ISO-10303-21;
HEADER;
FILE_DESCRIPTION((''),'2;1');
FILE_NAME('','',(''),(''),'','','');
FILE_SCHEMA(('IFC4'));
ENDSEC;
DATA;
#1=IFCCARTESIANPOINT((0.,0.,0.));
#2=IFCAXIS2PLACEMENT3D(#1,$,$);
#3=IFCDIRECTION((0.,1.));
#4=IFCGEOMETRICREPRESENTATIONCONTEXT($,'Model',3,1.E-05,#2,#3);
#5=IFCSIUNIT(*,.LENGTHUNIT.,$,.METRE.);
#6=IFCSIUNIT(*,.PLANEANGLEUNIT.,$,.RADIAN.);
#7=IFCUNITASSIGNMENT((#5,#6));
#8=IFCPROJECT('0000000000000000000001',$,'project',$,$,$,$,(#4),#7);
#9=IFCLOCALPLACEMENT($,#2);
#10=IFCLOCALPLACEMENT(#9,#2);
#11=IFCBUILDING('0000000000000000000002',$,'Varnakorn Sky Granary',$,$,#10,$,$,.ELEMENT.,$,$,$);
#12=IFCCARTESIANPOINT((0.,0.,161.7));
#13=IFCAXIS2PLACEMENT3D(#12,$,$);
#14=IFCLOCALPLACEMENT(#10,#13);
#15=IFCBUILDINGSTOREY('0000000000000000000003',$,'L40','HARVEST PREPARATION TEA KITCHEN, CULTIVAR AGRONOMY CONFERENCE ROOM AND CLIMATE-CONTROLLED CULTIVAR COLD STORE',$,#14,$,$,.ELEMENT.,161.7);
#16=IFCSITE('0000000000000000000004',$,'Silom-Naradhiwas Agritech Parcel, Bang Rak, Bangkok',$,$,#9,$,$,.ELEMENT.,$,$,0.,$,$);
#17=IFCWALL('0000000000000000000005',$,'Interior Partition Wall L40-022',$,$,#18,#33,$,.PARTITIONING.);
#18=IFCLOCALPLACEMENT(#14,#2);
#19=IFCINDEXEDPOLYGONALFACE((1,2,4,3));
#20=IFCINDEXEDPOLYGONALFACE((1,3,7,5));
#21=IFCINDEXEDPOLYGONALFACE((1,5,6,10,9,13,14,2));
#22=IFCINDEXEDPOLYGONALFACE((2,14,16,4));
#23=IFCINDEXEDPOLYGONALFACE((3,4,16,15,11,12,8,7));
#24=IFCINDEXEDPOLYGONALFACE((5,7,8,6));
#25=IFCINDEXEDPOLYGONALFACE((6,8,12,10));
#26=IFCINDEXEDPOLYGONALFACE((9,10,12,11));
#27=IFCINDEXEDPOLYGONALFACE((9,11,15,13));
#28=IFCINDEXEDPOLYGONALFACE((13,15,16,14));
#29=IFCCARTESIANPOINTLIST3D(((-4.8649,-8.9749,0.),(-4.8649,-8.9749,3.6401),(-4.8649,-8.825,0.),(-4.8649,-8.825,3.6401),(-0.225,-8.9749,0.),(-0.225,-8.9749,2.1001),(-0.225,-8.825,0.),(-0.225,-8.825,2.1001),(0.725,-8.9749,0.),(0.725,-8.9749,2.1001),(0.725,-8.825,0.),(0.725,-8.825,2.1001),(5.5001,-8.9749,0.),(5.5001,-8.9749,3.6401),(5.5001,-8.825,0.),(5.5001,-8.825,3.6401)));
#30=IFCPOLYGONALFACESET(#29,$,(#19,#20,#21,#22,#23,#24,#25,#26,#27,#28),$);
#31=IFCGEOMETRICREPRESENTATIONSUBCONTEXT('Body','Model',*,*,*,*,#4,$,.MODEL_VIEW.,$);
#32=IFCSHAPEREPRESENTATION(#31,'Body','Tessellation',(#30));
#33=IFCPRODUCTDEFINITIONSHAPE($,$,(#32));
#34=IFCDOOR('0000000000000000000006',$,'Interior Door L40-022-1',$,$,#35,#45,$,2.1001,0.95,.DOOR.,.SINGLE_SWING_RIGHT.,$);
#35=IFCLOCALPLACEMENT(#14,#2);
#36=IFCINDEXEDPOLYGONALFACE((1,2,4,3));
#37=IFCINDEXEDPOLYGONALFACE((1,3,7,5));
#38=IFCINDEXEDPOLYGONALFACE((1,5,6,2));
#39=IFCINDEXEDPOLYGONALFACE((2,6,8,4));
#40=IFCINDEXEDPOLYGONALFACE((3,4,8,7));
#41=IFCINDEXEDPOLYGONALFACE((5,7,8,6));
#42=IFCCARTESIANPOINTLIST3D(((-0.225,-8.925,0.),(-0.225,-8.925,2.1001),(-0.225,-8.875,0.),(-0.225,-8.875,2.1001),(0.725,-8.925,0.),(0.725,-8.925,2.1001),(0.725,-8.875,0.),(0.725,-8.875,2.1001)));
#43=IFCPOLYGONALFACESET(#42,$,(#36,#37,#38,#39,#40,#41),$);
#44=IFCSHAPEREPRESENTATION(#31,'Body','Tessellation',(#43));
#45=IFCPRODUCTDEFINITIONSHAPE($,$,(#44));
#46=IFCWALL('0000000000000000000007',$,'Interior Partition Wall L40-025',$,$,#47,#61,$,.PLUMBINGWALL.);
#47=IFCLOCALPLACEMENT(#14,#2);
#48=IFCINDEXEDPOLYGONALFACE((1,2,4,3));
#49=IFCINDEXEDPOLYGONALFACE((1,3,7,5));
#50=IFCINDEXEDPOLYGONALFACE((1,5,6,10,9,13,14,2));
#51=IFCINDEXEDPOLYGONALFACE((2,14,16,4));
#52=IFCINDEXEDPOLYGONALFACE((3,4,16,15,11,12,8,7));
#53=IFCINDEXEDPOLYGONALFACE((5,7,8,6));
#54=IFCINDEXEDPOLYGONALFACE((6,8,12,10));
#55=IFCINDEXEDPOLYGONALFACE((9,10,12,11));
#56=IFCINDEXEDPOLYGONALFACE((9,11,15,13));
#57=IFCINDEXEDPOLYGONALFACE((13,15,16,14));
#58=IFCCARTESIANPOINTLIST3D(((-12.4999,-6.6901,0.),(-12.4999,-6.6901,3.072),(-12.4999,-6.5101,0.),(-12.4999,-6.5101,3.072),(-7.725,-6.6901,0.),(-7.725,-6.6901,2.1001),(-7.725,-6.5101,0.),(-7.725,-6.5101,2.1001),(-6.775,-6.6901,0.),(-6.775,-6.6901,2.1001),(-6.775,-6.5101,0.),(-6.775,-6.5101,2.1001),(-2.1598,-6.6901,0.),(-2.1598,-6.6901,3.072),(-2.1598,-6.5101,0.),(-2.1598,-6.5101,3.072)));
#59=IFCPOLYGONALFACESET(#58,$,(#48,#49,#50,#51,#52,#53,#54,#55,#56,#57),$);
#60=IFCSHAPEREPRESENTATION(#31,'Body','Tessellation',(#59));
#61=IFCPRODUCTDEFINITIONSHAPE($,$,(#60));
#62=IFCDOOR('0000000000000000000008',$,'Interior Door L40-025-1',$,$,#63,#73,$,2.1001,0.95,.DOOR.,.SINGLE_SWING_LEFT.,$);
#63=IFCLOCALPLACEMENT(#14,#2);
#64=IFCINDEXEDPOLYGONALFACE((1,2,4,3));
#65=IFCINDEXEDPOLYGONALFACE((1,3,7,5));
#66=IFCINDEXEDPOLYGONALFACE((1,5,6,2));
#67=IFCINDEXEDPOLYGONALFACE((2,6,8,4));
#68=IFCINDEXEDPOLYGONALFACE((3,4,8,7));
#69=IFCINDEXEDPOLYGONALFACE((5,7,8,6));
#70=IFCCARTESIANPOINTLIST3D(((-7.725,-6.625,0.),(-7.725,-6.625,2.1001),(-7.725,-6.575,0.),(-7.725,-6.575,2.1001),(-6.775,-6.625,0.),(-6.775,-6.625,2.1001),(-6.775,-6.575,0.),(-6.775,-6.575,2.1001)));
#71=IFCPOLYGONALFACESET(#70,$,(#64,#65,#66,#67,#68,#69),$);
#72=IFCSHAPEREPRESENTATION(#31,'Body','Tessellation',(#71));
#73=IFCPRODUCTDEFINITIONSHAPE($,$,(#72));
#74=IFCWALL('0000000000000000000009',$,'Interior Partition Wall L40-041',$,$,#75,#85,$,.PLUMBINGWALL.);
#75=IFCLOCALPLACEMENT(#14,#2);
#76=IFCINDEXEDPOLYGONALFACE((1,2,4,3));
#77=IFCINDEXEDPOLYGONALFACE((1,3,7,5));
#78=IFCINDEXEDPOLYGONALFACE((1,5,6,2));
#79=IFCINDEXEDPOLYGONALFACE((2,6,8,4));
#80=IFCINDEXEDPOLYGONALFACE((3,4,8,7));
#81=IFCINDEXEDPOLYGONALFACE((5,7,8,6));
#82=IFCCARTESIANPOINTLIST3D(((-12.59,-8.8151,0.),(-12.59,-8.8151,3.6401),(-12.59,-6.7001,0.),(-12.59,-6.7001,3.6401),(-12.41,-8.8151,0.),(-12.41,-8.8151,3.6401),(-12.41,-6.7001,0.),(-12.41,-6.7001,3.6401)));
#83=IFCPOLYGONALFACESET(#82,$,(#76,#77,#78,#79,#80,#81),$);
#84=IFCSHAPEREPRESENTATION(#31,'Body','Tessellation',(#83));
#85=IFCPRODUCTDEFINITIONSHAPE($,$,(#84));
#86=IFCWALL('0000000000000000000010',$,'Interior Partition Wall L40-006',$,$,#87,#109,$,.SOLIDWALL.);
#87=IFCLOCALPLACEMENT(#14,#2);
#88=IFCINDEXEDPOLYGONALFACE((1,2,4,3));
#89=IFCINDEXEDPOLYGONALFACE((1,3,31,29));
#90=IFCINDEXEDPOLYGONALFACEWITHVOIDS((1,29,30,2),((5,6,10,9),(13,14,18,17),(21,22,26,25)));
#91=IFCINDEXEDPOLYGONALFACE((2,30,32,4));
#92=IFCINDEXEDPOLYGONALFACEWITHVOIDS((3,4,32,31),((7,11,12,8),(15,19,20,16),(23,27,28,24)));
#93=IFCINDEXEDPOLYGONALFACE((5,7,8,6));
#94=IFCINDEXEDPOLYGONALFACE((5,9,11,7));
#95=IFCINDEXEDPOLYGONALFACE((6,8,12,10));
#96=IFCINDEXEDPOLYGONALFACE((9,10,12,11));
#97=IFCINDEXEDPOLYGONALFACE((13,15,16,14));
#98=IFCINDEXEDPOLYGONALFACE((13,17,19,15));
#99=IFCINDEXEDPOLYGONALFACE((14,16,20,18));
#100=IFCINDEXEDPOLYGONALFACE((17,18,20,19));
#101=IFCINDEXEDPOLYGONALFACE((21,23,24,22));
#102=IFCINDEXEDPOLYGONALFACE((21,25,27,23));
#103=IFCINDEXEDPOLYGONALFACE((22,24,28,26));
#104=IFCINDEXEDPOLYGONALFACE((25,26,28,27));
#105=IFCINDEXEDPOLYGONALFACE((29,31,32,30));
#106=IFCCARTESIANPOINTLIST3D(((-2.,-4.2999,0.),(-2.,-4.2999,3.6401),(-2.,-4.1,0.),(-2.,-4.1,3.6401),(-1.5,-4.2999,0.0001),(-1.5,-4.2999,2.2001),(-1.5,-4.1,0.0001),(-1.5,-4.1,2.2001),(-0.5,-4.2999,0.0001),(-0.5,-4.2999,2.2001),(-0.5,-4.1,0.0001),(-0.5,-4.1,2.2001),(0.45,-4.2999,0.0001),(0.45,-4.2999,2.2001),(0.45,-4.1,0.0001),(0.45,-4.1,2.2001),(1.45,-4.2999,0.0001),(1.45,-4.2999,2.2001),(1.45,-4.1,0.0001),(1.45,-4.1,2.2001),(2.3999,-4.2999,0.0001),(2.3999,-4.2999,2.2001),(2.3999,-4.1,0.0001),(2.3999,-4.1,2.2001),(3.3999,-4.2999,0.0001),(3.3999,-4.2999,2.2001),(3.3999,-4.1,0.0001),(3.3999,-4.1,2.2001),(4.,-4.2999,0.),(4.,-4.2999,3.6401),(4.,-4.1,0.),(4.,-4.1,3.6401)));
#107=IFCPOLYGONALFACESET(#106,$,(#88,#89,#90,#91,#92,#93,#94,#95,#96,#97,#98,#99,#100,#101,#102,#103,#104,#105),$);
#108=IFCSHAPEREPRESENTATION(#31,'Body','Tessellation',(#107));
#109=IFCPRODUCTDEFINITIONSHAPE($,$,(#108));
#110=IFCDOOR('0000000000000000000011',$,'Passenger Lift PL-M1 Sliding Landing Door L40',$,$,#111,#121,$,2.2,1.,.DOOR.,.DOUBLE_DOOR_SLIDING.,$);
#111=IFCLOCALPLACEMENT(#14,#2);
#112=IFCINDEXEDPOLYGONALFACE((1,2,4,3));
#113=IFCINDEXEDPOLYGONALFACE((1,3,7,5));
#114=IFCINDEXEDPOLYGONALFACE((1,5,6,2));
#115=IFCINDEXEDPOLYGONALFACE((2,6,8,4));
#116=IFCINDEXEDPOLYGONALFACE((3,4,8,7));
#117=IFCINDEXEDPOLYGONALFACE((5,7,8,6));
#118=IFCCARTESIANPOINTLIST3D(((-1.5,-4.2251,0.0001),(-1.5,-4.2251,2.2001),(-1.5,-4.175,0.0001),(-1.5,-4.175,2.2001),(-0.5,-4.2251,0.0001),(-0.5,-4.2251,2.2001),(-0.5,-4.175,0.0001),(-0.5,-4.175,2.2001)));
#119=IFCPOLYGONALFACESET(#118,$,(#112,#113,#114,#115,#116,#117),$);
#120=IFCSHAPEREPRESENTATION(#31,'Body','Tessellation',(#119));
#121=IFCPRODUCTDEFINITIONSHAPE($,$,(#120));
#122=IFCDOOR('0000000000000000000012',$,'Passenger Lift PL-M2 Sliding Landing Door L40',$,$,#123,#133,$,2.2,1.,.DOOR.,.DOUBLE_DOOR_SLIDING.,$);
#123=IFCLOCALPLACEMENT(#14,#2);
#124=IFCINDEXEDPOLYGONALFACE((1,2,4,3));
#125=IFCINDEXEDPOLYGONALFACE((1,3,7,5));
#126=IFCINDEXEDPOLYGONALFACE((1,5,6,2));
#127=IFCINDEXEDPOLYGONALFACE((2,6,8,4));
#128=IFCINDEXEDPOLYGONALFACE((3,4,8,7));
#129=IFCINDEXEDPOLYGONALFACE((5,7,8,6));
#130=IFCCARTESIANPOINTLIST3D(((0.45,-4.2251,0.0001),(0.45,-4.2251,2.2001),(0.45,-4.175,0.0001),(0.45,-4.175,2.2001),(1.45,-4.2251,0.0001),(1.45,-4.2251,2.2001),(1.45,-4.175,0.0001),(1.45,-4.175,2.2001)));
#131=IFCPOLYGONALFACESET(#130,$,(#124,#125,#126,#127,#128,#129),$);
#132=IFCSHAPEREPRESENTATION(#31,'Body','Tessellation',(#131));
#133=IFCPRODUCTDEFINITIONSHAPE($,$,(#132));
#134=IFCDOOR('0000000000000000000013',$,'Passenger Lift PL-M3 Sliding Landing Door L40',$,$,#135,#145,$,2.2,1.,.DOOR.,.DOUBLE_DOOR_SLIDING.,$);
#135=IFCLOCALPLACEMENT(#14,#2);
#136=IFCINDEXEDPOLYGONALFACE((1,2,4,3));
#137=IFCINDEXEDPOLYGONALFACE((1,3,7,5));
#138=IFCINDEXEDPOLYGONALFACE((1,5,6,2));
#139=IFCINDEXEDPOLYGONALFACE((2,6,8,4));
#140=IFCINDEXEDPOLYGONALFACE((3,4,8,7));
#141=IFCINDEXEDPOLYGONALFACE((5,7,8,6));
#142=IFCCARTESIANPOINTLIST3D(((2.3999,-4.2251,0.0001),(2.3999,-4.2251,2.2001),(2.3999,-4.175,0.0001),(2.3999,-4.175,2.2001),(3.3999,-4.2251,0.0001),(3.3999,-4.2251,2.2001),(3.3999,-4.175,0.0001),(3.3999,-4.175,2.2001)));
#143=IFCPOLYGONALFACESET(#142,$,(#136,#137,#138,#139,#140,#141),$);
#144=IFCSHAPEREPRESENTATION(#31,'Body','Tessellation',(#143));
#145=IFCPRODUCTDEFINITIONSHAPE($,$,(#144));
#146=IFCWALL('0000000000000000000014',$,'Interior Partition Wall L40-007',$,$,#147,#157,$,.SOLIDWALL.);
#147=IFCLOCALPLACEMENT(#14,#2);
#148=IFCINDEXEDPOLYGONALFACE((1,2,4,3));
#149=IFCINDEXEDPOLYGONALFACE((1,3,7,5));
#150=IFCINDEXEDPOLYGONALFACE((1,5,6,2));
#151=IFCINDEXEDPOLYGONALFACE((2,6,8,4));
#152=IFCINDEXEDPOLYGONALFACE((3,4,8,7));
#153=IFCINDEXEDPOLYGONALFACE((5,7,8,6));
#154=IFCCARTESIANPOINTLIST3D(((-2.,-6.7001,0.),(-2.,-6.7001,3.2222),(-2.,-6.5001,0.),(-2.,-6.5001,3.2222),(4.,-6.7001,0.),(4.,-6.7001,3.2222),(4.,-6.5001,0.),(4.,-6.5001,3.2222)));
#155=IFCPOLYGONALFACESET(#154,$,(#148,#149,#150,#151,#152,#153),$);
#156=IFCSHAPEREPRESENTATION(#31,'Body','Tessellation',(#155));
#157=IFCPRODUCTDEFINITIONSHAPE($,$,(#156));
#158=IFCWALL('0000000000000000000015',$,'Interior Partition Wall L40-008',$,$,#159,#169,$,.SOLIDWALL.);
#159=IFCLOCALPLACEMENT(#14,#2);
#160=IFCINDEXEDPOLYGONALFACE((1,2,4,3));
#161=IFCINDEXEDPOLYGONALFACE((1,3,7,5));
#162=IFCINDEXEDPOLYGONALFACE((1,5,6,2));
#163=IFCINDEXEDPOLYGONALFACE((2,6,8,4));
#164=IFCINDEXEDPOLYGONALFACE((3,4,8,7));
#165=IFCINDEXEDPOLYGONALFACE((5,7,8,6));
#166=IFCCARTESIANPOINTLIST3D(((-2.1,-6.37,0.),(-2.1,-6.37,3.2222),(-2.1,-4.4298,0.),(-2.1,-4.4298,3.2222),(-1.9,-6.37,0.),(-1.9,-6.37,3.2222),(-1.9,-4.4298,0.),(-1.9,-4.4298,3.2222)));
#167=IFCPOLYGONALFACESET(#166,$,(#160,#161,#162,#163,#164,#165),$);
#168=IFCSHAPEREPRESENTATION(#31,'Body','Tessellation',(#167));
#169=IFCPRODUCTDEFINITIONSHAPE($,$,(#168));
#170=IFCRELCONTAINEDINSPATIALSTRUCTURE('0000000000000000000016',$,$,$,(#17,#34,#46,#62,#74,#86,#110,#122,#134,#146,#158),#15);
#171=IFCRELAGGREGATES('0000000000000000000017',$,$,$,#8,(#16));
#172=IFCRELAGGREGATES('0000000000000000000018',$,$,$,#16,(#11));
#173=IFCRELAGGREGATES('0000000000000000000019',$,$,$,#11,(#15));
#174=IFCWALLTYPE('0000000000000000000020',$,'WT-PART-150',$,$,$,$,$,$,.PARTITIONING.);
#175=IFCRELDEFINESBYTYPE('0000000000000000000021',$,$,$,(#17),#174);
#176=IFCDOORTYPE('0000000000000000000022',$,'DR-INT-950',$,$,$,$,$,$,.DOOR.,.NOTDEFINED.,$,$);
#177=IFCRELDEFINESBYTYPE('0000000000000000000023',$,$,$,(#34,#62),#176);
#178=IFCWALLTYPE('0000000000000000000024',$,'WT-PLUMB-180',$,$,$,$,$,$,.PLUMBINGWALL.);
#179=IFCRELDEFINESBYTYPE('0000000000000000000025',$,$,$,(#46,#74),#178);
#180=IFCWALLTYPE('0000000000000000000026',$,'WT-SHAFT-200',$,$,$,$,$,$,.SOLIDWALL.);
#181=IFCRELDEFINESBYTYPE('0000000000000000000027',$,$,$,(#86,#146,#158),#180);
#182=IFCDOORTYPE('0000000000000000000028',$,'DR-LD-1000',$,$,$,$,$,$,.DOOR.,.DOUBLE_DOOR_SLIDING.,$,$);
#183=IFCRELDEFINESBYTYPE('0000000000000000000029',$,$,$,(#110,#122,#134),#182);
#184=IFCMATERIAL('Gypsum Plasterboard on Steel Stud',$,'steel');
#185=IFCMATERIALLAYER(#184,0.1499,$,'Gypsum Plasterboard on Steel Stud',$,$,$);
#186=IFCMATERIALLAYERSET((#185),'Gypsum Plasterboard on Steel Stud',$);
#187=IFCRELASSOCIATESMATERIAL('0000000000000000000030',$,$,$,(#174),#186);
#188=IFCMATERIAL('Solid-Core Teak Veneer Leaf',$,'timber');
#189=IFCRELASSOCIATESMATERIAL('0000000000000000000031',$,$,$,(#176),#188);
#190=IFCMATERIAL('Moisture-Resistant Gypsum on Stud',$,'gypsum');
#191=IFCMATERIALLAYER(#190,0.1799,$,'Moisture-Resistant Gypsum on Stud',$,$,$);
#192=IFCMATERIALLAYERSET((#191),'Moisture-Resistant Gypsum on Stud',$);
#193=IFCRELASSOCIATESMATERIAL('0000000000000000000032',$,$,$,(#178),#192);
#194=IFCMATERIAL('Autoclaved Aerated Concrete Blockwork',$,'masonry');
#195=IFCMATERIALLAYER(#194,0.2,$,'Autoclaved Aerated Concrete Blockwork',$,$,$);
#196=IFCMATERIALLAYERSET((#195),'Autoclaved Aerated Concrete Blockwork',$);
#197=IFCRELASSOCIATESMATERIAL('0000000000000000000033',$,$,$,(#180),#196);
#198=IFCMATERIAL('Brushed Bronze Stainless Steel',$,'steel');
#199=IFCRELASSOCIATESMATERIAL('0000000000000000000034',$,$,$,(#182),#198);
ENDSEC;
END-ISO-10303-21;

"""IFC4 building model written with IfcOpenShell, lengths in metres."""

from ifc_helpers import new_model, si_unit, direction, frame, frame_2d, origin, place, context, subcontext, project, spatial, rectangle, extrude, material, layer, layer_set, type_object, element, fill, save


model = new_model("IFC4")

# Units and contexts
model_context = context("Model", 3, precision=1e-05, world=origin(), true_north=direction((0.0, 1.0)))
body_context = subcontext(model_context, "Body", "Model", "MODEL_VIEW")
ifc_project = project(units=[si_unit("LENGTHUNIT", "METRE"), si_unit("PLANEANGLEUNIT", "RADIAN")], contexts=[model_context])

# Site, building, storey
site_placement = place(None, origin())
site = spatial("IfcSite", under=ifc_project, at=site_placement, Name="Silom-Naradhiwas Agritech Parcel, Bang Rak, Bangkok", CompositionType="ELEMENT", RefElevation=0.0)
building_placement = place(site_placement, origin())
building = spatial("IfcBuilding", under=site, at=building_placement, Name="Varnakorn Sky Granary", CompositionType="ELEMENT")
storey_placement = place(building_placement, frame((0.0, 0.0, 161.7)))
storey = spatial("IfcBuildingStorey", under=building, at=storey_placement, Name="L40", Description="HARVEST PREPARATION TEA KITCHEN, CULTIVAR AGRONOMY CONFERENCE ROOM AND CLIMATE-CONTROLLED CULTIVAR COLD STORE", CompositionType="ELEMENT", Elevation=161.7)

# Shared definitions
ifc_material_1 = material(Name="Autoclaved Aerated Concrete Blockwork", Category="masonry")

# Walls, openings, doors
ifc_material_2 = material(Name="Gypsum Plasterboard on Steel Stud", Category="steel")
ifc_layer_1 = layer(ifc_material_2, 0.1499, Name="Gypsum Plasterboard on Steel Stud")
ifc_layer_set_1 = layer_set([ifc_layer_1], Name="Gypsum Plasterboard on Steel Stud")
wall_type_1 = type_object("IfcWallType", Name="WT-PART-150", PredefinedType="PARTITIONING", material=ifc_layer_set_1)
wall_1_placement = place(storey_placement, frame((-4.865, -8.8999, 0.0), z_axis=(0.0, 0.0, 1.0), x_axis=(1.0, 0.0, 0.0)))
wall_1 = element("IfcWall", 1, at=wall_1_placement, inside=storey, type_object=wall_type_1, Name="Interior Partition Wall L40-022", PredefinedType="PARTITIONING", context=body_context, shape_type="SweptSolid", body=[
    extrude(rectangle(XDim=10.365, YDim=0.1499, at=frame_2d((5.1826, 0.0))), origin(), (0.0, 0.0, 1.0), 3.6401),
])
opening_1_placement = place(wall_1_placement, frame((4.6399, 0.0, 0.0)))
opening_1 = element("IfcOpeningElement", 2, at=opening_1_placement, cuts=wall_1, PredefinedType="OPENING", context=body_context, shape_type="SweptSolid", body=[
    extrude(rectangle(XDim=0.95, YDim=2.1001, at=frame_2d((0.4751, 1.05))), frame((0.0, 0.085, 0.0), z_axis=(0.0, -1.0, 0.0), x_axis=(1.0, 0.0, 0.0)), (0.0, 0.0, 1.0), 0.1699),
])
ifc_material_3 = material(Name="Solid-Core Teak Veneer Leaf", Category="timber")
door_type_1 = type_object("IfcDoorType", Name="DR-INT-950", OperationType="NOTDEFINED", PredefinedType="DOOR", material=ifc_material_3)
door_1_placement = place(opening_1_placement, origin())
door_1 = element("IfcDoor", 3, at=door_1_placement, inside=storey, type_object=door_type_1, Name="Interior Door L40-022-1", OperationType="SINGLE_SWING_RIGHT", OverallHeight=2.1001, OverallWidth=0.95, PredefinedType="DOOR", context=body_context, shape_type="SweptSolid", body=[
    extrude(rectangle(XDim=0.95, YDim=2.1001, at=frame_2d((0.4751, 1.05))), frame((0.0, 0.0249, 0.0), z_axis=(0.0, -1.0, 0.0), x_axis=(1.0, 0.0, 0.0)), (0.0, 0.0, 1.0), 0.05),
])
fill(opening_1, door_1)
ifc_material_4 = material(Name="Moisture-Resistant Gypsum on Stud", Category="gypsum")
ifc_layer_2 = layer(ifc_material_4, 0.1799, Name="Moisture-Resistant Gypsum on Stud")
ifc_layer_set_2 = layer_set([ifc_layer_2], Name="Moisture-Resistant Gypsum on Stud")
wall_type_2 = type_object("IfcWallType", Name="WT-PLUMB-180", PredefinedType="PLUMBINGWALL", material=ifc_layer_set_2)
wall_2_placement = place(storey_placement, frame((-2.1599, -6.6001, 0.0), z_axis=(0.0, 0.0, 1.0), x_axis=(-1.0, 0.0, 0.0)))
wall_2 = element("IfcWall", 4, at=wall_2_placement, inside=storey, type_object=wall_type_2, Name="Interior Partition Wall L40-025", PredefinedType="PLUMBINGWALL", context=body_context, shape_type="SweptSolid", body=[
    extrude(rectangle(XDim=10.3401, YDim=0.1799, at=frame_2d((5.1699, 0.0))), origin(), (0.0, 0.0, 1.0), 3.072),
])
opening_2_placement = place(wall_2_placement, frame((4.615, 0.0, 0.0)))
opening_2 = element("IfcOpeningElement", 5, at=opening_2_placement, cuts=wall_2, PredefinedType="OPENING", context=body_context, shape_type="SweptSolid", body=[
    extrude(rectangle(XDim=0.95, YDim=2.1001, at=frame_2d((0.4751, 1.05))), frame((0.0, 0.1001, 0.0), z_axis=(0.0, -1.0, 0.0), x_axis=(1.0, 0.0, 0.0)), (0.0, 0.0, 1.0), 0.2),
])
door_2_placement = place(opening_2_placement, origin())
door_2 = element("IfcDoor", 6, at=door_2_placement, inside=storey, type_object=door_type_1, Name="Interior Door L40-025-1", OperationType="SINGLE_SWING_LEFT", OverallHeight=2.1001, OverallWidth=0.95, PredefinedType="DOOR", context=body_context, shape_type="SweptSolid", body=[
    extrude(rectangle(XDim=0.95, YDim=2.1001, at=frame_2d((0.4751, 1.05))), frame((0.0, 0.0249, 0.0), z_axis=(0.0, -1.0, 0.0), x_axis=(1.0, 0.0, 0.0)), (0.0, 0.0, 1.0), 0.05),
])
fill(opening_2, door_2)

# Wall
wall_3_placement = place(storey_placement, frame((-12.5, -6.7, 0.0), z_axis=(0.0, 0.0, 1.0), x_axis=(0.0, -1.0, 0.0)))
element("IfcWall", 7, at=wall_3_placement, inside=storey, type_object=wall_type_2, Name="Interior Partition Wall L40-041", PredefinedType="PLUMBINGWALL", context=body_context, shape_type="SweptSolid", body=[
    extrude(rectangle(XDim=2.115, YDim=0.1799, at=frame_2d((1.0576, 0.0))), origin(), (0.0, 0.0, 1.0), 3.6401),
])

# Wall, openings, doors
ifc_layer_3 = layer(ifc_material_1, 0.2, Name="Autoclaved Aerated Concrete Blockwork")
ifc_layer_set_3 = layer_set([ifc_layer_3], Name="Autoclaved Aerated Concrete Blockwork")
wall_type_3 = type_object("IfcWallType", Name="WT-SHAFT-200", PredefinedType="SOLIDWALL", material=ifc_layer_set_3)
wall_4_placement = place(storey_placement, frame((-2.0, -4.2, 0.0), z_axis=(0.0, 0.0, 1.0), x_axis=(1.0, 0.0, 0.0)))
wall_4 = element("IfcWall", 8, at=wall_4_placement, inside=storey, type_object=wall_type_3, Name="Interior Partition Wall L40-006", PredefinedType="SOLIDWALL", context=body_context, shape_type="SweptSolid", body=[
    extrude(rectangle(XDim=6.0, YDim=0.2, at=frame_2d((3.0, 0.0))), origin(), (0.0, 0.0, 1.0), 3.6401),
])
opening_3_placement = place(wall_4_placement, frame((0.5, 0.0, 0.0)))
opening_3 = element("IfcOpeningElement", 9, at=opening_3_placement, cuts=wall_4, PredefinedType="OPENING", context=body_context, shape_type="SweptSolid", body=[
    extrude(rectangle(XDim=1.0, YDim=2.2, at=frame_2d((0.5, 1.1001))), frame((0.0, 0.1099, 0.0), z_axis=(0.0, -1.0, 0.0), x_axis=(1.0, 0.0, 0.0)), (0.0, 0.0, 1.0), 0.22),
])
opening_4_placement = place(wall_4_placement, frame((2.45, 0.0, 0.0)))
opening_4 = element("IfcOpeningElement", 10, at=opening_4_placement, cuts=wall_4, PredefinedType="OPENING", context=body_context, shape_type="SweptSolid", body=[
    extrude(rectangle(XDim=1.0, YDim=2.2, at=frame_2d((0.5, 1.1001))), frame((0.0, 0.1099, 0.0), z_axis=(0.0, -1.0, 0.0), x_axis=(1.0, 0.0, 0.0)), (0.0, 0.0, 1.0), 0.22),
])
opening_5_placement = place(wall_4_placement, frame((4.3999, 0.0, 0.0)))
opening_5 = element("IfcOpeningElement", 11, at=opening_5_placement, cuts=wall_4, PredefinedType="OPENING", context=body_context, shape_type="SweptSolid", body=[
    extrude(rectangle(XDim=1.0, YDim=2.2, at=frame_2d((0.5, 1.1001))), frame((0.0, 0.1099, 0.0), z_axis=(0.0, -1.0, 0.0), x_axis=(1.0, 0.0, 0.0)), (0.0, 0.0, 1.0), 0.22),
])
ifc_material_5 = material(Name="Brushed Bronze Stainless Steel", Category="steel")
door_type_2 = type_object("IfcDoorType", Name="DR-LD-1000", OperationType="DOUBLE_DOOR_SLIDING", PredefinedType="DOOR", material=ifc_material_5)
door_3_placement = place(opening_3_placement, origin())
door_3 = element("IfcDoor", 12, at=door_3_placement, inside=storey, type_object=door_type_2, Name="Passenger Lift PL-M1 Sliding Landing Door L40", OperationType="DOUBLE_DOOR_SLIDING", OverallHeight=2.2, OverallWidth=1.0, PredefinedType="DOOR", context=body_context, shape_type="SweptSolid", body=[
    extrude(rectangle(XDim=1.0, YDim=2.2, at=frame_2d((0.5, 1.1001))), frame((0.0, 0.0249, 0.0), z_axis=(0.0, -1.0, 0.0), x_axis=(1.0, 0.0, 0.0)), (0.0, 0.0, 1.0), 0.05),
])
fill(opening_3, door_3)
door_4_placement = place(opening_4_placement, origin())
door_4 = element("IfcDoor", 13, at=door_4_placement, inside=storey, type_object=door_type_2, Name="Passenger Lift PL-M2 Sliding Landing Door L40", OperationType="DOUBLE_DOOR_SLIDING", OverallHeight=2.2, OverallWidth=1.0, PredefinedType="DOOR", context=body_context, shape_type="SweptSolid", body=[
    extrude(rectangle(XDim=1.0, YDim=2.2, at=frame_2d((0.5, 1.1001))), frame((0.0, 0.0249, 0.0), z_axis=(0.0, -1.0, 0.0), x_axis=(1.0, 0.0, 0.0)), (0.0, 0.0, 1.0), 0.05),
])
fill(opening_4, door_4)
door_5_placement = place(opening_5_placement, origin())
door_5 = element("IfcDoor", 14, at=door_5_placement, inside=storey, type_object=door_type_2, Name="Passenger Lift PL-M3 Sliding Landing Door L40", OperationType="DOUBLE_DOOR_SLIDING", OverallHeight=2.2, OverallWidth=1.0, PredefinedType="DOOR", context=body_context, shape_type="SweptSolid", body=[
    extrude(rectangle(XDim=1.0, YDim=2.2, at=frame_2d((0.5, 1.1001))), frame((0.0, 0.0249, 0.0), z_axis=(0.0, -1.0, 0.0), x_axis=(1.0, 0.0, 0.0)), (0.0, 0.0, 1.0), 0.05),
])
fill(opening_5, door_5)

# Walls
wall_5_placement = place(storey_placement, frame((-2.0, -6.6001, 0.0), z_axis=(0.0, 0.0, 1.0), x_axis=(1.0, 0.0, 0.0)))
element("IfcWall", 15, at=wall_5_placement, inside=storey, type_object=wall_type_3, Name="Interior Partition Wall L40-007", PredefinedType="SOLIDWALL", context=body_context, shape_type="SweptSolid", body=[
    extrude(rectangle(XDim=6.0, YDim=0.2, at=frame_2d((3.0, 0.0))), origin(), (0.0, 0.0, 1.0), 3.2222),
])
wall_6_placement = place(storey_placement, frame((-2.0, -6.3701, 0.0), z_axis=(0.0, 0.0, 1.0), x_axis=(0.0, 1.0, 0.0)))
element("IfcWall", 16, at=wall_6_placement, inside=storey, type_object=wall_type_3, Name="Interior Partition Wall L40-008", PredefinedType="SOLIDWALL", context=body_context, shape_type="SweptSolid", body=[
    extrude(rectangle(XDim=1.9402, YDim=0.2, at=frame_2d((0.9702, 0.0))), origin(), (0.0, 0.0, 1.0), 3.2222),
])

save(model, "model.ifc")
